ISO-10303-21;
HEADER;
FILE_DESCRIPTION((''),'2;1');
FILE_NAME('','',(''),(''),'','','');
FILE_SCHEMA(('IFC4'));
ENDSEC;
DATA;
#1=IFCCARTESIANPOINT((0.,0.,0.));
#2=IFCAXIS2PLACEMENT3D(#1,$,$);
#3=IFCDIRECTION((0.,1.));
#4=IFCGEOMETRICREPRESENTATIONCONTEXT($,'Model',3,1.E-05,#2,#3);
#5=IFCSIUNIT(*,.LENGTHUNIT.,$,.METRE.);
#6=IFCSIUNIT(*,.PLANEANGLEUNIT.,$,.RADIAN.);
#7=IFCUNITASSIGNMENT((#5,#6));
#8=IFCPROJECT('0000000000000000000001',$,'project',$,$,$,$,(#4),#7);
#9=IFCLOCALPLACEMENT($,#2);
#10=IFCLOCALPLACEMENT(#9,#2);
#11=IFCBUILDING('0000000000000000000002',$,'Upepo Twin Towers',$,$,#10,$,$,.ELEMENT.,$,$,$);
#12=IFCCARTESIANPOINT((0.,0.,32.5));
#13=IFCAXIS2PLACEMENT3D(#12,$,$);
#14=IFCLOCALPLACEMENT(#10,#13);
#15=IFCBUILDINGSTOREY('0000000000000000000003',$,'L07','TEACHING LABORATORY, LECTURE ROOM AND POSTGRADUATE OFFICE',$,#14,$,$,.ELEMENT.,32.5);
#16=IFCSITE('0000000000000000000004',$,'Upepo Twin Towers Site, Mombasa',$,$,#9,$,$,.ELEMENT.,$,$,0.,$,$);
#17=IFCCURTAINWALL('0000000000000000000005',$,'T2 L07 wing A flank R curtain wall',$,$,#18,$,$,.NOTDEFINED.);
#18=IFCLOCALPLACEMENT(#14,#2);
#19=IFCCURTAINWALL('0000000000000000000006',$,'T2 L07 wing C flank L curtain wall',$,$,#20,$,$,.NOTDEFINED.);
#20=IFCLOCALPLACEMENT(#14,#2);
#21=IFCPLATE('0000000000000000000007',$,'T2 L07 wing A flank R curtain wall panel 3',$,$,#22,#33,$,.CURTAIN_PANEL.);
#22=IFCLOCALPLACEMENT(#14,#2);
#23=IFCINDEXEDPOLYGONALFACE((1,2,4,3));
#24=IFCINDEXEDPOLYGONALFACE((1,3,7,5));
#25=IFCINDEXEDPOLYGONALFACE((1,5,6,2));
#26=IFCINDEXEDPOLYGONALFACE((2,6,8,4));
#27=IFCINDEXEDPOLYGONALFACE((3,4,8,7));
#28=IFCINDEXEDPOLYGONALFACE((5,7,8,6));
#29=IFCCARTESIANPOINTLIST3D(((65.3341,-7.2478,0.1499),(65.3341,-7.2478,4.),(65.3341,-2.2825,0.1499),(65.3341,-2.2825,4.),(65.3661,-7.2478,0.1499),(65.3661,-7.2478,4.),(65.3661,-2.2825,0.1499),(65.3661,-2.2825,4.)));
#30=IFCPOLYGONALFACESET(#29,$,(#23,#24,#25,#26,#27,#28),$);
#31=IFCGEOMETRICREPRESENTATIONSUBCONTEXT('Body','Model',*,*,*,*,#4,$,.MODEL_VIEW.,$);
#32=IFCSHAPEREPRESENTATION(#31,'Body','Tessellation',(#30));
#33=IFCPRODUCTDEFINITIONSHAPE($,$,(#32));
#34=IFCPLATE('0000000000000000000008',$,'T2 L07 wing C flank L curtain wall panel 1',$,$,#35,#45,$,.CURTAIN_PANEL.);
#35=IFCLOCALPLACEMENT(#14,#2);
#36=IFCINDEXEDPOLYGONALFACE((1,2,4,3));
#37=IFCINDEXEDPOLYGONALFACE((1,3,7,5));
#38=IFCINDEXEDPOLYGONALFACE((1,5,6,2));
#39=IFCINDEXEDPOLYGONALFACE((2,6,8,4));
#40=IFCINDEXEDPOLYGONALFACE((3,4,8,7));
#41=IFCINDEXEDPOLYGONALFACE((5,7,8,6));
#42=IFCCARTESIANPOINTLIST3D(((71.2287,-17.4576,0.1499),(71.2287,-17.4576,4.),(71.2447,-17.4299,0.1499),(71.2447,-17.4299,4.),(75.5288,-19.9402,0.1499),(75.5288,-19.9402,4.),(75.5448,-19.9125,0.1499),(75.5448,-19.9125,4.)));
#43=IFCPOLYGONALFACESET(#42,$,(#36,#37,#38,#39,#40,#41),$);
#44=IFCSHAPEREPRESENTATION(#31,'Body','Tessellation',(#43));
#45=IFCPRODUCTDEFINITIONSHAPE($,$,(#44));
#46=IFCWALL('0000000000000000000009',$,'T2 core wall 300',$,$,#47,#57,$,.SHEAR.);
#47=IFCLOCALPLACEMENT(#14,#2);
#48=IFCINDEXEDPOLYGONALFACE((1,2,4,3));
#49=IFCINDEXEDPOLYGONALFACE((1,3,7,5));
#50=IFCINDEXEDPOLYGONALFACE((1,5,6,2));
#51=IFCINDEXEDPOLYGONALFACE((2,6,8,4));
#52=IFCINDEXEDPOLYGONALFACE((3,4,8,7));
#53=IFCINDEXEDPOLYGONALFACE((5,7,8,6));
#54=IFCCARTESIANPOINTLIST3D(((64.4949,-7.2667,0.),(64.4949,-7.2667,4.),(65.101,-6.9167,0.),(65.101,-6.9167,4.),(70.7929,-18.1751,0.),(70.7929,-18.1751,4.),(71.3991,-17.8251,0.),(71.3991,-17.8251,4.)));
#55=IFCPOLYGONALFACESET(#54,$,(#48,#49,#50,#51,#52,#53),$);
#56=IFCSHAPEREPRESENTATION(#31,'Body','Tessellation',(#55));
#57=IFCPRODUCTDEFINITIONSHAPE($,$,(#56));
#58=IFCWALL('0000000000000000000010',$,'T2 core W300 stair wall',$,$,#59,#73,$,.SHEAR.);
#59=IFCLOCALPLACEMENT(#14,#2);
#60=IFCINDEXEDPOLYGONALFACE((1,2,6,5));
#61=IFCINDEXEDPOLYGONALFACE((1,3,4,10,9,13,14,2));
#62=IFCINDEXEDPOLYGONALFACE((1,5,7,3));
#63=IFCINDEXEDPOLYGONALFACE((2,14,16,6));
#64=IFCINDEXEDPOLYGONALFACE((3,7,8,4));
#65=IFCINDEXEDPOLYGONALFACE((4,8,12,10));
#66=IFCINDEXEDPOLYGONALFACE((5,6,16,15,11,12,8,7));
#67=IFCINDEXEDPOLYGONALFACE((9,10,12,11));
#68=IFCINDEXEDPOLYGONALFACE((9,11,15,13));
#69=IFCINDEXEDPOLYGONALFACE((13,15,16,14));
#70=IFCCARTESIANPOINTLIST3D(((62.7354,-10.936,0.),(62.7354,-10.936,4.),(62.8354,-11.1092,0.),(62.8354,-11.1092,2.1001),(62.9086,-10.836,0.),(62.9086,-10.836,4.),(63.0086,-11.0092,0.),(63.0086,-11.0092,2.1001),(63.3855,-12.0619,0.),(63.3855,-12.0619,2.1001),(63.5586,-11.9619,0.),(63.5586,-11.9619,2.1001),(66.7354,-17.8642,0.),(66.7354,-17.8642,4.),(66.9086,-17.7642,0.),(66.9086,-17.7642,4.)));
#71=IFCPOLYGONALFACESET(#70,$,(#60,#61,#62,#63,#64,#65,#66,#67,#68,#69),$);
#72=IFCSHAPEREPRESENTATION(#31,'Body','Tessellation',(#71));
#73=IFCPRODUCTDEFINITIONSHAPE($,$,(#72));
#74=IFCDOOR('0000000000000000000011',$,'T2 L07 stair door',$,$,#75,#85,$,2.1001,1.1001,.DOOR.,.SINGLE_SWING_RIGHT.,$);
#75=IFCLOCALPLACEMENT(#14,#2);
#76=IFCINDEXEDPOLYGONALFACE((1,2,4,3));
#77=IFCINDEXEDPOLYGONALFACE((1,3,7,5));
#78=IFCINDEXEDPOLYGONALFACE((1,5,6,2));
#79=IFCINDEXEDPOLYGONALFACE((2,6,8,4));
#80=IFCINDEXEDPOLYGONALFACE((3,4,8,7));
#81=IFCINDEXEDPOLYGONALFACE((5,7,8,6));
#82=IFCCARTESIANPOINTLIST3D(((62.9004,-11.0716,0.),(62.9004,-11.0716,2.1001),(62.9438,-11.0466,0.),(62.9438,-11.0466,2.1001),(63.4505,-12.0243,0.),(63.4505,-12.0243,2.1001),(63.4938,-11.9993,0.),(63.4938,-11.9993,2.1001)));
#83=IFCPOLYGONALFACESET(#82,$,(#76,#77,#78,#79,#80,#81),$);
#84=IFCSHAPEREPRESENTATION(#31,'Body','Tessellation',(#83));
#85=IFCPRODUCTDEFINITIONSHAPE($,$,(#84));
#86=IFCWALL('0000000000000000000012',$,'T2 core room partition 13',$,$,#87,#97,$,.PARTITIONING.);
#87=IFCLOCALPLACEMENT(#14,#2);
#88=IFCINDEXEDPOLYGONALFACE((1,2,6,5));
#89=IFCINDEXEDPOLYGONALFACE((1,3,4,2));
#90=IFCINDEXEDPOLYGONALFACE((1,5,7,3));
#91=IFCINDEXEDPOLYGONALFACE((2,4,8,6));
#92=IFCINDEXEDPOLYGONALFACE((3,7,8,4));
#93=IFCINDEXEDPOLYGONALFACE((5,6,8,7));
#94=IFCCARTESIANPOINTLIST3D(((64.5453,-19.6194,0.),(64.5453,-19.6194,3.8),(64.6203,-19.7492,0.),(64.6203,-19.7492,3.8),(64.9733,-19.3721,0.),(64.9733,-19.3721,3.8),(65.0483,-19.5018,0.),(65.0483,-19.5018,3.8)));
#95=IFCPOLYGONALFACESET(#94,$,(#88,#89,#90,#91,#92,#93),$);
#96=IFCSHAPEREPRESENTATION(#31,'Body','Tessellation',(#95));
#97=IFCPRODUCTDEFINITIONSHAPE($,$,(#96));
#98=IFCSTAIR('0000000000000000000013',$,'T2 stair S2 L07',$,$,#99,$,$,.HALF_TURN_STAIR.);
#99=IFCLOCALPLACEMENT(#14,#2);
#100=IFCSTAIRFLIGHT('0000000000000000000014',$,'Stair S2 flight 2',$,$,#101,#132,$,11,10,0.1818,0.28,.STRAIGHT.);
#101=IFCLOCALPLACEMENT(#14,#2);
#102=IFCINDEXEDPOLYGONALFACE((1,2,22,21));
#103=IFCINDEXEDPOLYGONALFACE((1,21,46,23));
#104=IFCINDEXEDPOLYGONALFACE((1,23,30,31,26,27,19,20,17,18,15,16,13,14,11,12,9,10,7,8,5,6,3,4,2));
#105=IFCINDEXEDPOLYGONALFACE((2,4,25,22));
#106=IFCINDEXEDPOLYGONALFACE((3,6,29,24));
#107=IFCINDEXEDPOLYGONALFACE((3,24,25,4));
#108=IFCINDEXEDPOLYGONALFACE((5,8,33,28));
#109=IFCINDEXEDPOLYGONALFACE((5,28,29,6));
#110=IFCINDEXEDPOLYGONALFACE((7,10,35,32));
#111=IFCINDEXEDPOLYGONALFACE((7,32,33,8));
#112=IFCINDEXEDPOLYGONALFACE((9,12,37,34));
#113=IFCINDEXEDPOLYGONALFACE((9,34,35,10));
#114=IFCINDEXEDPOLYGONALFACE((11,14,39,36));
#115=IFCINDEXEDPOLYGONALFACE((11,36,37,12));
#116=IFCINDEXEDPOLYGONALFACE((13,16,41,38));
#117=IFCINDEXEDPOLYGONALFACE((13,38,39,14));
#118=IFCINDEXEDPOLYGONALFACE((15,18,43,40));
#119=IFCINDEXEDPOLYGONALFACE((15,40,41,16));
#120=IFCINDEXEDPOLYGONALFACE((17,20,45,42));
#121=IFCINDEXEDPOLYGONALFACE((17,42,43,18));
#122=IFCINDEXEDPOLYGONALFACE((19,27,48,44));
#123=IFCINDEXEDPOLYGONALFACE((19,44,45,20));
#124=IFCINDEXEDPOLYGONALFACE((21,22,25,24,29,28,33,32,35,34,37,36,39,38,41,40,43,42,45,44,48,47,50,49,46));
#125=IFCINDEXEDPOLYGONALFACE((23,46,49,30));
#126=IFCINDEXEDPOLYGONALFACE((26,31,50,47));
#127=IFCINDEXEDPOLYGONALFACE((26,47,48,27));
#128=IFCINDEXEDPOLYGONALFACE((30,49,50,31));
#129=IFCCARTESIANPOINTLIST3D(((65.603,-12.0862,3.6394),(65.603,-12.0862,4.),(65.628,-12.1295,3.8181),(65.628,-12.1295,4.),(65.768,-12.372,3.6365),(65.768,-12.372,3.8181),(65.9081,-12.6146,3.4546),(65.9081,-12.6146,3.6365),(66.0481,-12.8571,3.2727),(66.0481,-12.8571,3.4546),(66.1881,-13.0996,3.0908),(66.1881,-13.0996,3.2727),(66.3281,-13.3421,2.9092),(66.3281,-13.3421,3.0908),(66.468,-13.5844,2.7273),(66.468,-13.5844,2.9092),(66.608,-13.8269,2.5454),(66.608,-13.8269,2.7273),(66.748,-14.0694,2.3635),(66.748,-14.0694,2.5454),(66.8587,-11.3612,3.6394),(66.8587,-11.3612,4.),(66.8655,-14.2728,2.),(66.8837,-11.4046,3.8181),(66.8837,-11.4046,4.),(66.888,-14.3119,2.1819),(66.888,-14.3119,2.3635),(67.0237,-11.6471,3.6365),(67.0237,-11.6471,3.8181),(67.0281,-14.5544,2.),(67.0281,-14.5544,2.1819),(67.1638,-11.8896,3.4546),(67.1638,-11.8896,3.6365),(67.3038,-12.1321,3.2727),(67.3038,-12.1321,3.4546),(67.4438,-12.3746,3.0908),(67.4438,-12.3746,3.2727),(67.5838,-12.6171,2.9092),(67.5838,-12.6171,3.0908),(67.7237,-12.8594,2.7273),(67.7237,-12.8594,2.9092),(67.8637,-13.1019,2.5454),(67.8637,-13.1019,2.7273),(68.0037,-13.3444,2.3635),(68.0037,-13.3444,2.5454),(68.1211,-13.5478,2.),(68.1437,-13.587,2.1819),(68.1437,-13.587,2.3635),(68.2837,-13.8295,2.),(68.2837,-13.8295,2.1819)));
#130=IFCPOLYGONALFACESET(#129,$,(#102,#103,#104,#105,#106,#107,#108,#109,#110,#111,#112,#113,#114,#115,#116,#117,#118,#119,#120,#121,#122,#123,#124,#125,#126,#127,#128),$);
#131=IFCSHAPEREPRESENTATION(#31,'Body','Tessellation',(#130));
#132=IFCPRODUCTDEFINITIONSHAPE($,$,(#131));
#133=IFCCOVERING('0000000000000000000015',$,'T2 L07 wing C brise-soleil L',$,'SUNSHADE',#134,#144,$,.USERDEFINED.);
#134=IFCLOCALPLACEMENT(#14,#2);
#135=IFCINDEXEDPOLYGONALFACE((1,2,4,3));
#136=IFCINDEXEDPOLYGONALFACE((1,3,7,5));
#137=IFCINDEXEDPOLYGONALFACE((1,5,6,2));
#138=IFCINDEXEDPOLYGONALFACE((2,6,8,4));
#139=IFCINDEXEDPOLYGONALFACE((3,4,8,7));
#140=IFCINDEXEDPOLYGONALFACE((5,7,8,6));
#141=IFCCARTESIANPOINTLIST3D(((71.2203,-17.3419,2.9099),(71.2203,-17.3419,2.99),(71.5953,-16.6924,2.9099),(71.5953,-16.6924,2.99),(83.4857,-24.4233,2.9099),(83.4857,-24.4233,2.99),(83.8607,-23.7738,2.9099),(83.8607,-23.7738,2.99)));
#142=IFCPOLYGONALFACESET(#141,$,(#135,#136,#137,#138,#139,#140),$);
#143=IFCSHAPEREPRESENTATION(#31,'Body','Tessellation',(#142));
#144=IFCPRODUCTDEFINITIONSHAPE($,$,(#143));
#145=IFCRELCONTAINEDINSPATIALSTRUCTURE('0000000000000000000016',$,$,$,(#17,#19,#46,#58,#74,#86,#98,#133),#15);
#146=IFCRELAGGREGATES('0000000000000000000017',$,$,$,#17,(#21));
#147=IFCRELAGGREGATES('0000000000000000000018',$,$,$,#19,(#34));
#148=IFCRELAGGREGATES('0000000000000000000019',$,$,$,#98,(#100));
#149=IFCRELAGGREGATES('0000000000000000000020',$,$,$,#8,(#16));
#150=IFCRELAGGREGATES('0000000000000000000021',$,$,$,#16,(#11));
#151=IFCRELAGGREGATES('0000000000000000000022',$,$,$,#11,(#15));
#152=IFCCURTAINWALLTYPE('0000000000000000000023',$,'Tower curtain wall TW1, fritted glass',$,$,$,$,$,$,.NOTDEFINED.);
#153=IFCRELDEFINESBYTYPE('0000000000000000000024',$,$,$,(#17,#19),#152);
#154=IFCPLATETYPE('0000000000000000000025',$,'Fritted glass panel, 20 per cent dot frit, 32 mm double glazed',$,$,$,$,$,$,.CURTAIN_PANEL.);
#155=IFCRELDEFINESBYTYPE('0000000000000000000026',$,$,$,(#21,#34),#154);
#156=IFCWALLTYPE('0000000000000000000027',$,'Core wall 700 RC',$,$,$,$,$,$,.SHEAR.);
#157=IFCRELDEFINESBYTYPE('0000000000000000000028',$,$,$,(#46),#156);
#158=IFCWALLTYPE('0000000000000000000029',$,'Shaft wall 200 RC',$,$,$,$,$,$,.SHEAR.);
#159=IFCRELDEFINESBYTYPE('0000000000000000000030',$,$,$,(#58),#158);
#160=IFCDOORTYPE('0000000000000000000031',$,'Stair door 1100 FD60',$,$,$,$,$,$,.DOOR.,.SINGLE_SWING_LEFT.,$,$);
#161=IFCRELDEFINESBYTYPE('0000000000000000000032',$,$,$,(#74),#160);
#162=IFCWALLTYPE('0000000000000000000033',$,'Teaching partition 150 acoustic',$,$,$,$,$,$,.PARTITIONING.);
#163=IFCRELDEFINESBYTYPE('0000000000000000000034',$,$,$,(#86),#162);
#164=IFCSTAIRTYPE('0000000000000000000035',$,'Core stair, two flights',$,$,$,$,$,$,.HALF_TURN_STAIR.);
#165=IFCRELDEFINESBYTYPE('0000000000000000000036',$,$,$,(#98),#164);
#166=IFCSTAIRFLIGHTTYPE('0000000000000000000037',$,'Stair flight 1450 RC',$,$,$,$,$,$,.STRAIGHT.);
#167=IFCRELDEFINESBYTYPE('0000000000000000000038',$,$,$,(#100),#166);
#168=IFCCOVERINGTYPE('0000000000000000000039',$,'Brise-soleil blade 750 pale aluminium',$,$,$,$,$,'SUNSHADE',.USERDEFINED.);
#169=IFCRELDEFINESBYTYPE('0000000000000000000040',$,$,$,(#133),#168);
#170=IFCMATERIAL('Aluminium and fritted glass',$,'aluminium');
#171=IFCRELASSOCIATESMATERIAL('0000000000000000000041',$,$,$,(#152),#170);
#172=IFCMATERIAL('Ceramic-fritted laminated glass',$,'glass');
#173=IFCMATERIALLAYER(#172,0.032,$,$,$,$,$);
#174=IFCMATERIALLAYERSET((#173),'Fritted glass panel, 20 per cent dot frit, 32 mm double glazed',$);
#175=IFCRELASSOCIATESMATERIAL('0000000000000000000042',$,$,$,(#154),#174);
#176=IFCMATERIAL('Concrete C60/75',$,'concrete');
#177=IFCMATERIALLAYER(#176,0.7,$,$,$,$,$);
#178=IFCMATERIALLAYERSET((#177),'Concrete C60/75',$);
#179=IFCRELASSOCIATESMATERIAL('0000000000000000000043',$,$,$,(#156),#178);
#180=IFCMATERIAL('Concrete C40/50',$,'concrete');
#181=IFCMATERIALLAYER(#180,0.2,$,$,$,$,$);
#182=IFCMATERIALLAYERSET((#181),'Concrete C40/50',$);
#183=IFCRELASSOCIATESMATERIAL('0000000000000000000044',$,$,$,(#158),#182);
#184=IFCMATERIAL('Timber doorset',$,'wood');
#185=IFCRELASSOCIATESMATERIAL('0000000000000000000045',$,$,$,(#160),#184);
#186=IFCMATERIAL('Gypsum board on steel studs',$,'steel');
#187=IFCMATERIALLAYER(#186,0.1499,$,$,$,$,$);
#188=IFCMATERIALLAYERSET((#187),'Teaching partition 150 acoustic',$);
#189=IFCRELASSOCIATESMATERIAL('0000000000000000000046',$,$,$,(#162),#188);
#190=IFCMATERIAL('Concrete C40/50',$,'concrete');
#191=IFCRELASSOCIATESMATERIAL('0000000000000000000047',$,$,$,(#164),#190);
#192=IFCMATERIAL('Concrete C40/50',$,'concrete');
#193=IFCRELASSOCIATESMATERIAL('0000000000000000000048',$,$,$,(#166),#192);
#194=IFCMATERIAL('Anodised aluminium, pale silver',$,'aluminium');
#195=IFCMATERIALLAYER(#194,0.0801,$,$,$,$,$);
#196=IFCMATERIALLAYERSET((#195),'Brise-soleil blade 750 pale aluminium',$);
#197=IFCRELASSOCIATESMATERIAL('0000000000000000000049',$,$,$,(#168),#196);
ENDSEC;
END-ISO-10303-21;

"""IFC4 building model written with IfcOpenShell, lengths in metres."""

from ifc_helpers import new_model, si_unit, direction, frame, frame_2d, origin, origin_2d, place, context, subcontext, project, spatial, polyline, rectangle, outline, extrude, material, layer, layer_set, type_object, element, fill, aggregate, save


model = new_model("IFC4")

# Units and contexts
model_context = context("Model", 3, precision=1e-05, world=origin(), true_north=direction((0.0, 1.0)))
body_context = subcontext(model_context, "Body", "Model", "MODEL_VIEW")
ifc_project = project(units=[si_unit("LENGTHUNIT", "METRE"), si_unit("PLANEANGLEUNIT", "RADIAN")], contexts=[model_context])

# Site, building, storey
site_placement = place(None, origin())
site = spatial("IfcSite", under=ifc_project, at=site_placement, Name="Upepo Twin Towers Site, Mombasa", CompositionType="ELEMENT", RefElevation=0.0)
building_placement = place(site_placement, origin())
building = spatial("IfcBuilding", under=site, at=building_placement, Name="Upepo Twin Towers", CompositionType="ELEMENT")
storey_placement = place(building_placement, frame((0.0, 0.0, 32.5)))
storey = spatial("IfcBuildingStorey", under=building, at=storey_placement, Name="L07", Description="TEACHING LABORATORY, LECTURE ROOM AND POSTGRADUATE OFFICE", CompositionType="ELEMENT", Elevation=32.5)

# Curtain wall
ifc_material_1 = material(Name="Aluminium and fritted glass", Category="aluminium")
curtain_wall_type = type_object("IfcCurtainWallType", Name="Tower curtain wall TW1, fritted glass", PredefinedType="NOTDEFINED", material=ifc_material_1)
curtain_wall_1_placement = place(storey_placement, origin())
curtain_wall_1 = element("IfcCurtainWall", 1, at=curtain_wall_1_placement, inside=storey, type_object=curtain_wall_type, Name="T2 L07 wing A flank R curtain wall", PredefinedType="NOTDEFINED")

# Curtain wall
curtain_wall_2_placement = place(storey_placement, origin())
curtain_wall_2 = element("IfcCurtainWall", 2, at=curtain_wall_2_placement, inside=storey, type_object=curtain_wall_type, Name="T2 L07 wing C flank L curtain wall", PredefinedType="NOTDEFINED")

# Plates
ifc_material_2 = material(Name="Ceramic-fritted laminated glass", Category="glass")
ifc_layer_1 = layer(ifc_material_2, 0.032)
ifc_layer_set_1 = layer_set([ifc_layer_1], Name="Fritted glass panel, 20 per cent dot frit, 32 mm double glazed")
plate_type = type_object("IfcPlateType", Name="Fritted glass panel, 20 per cent dot frit, 32 mm double glazed", PredefinedType="CURTAIN_PANEL", material=ifc_layer_set_1)
plate_1_placement = place(storey_placement, frame((65.3501, -4.7651, 0.1499), z_axis=(0.0, 0.0, 1.0), x_axis=(0.0, -1.0, 0.0)))
plate_1 = element("IfcPlate", 3, at=plate_1_placement, type_object=plate_type, Name="T2 L07 wing A flank R curtain wall panel 3", PredefinedType="CURTAIN_PANEL", context=body_context, shape_type="SweptSolid", body=[
    extrude(rectangle(XDim=4.9653, YDim=0.032, at=origin_2d()), origin(), (0.0, 0.0, 1.0), 3.8501),
])
aggregate(curtain_wall_1, [plate_1])
plate_2_placement = place(storey_placement, frame((73.3867, -18.6851, 0.1499), z_axis=(0.0, 0.0, 1.0), x_axis=(0.866025, -0.5, 0.0)))
plate_2 = element("IfcPlate", 4, at=plate_2_placement, type_object=plate_type, Name="T2 L07 wing C flank L curtain wall panel 1", PredefinedType="CURTAIN_PANEL", context=body_context, shape_type="SweptSolid", body=[
    extrude(rectangle(XDim=4.9653, YDim=0.032, at=origin_2d()), origin(), (0.0, 0.0, 1.0), 3.8501),
])
aggregate(curtain_wall_2, [plate_2])

# Wall
ifc_material_3 = material(Name="Concrete C60/75", Category="concrete")
ifc_layer_2 = layer(ifc_material_3, 0.7)
ifc_layer_set_2 = layer_set([ifc_layer_2], Name="Concrete C60/75")
wall_type_1 = type_object("IfcWallType", Name="Core wall 700 RC", PredefinedType="SHEAR", material=ifc_layer_set_2)
wall_1_placement = place(storey_placement, frame((71.0959, -18.0, 0.0), z_axis=(0.0, 0.0, 1.0), x_axis=(-0.500006, 0.866022, 0.0)))
element("IfcWall", 5, at=wall_1_placement, inside=storey, type_object=wall_type_1, Name="T2 core wall 300", PredefinedType="SHEAR", context=body_context, shape_type="SweptSolid", body=[
    extrude(rectangle(XDim=12.5959, YDim=0.7, at=frame_2d((6.2979, 0.0))), origin(), (0.0, 0.0, 1.0), 4.0),
])

# Wall, opening, door
ifc_material_4 = material(Name="Concrete C40/50", Category="concrete")
ifc_layer_3 = layer(ifc_material_4, 0.2)
ifc_layer_set_3 = layer_set([ifc_layer_3], Name="Concrete C40/50")
wall_type_2 = type_object("IfcWallType", Name="Shaft wall 200 RC", PredefinedType="SHEAR", material=ifc_layer_set_3)
wall_2_placement = place(storey_placement, frame((66.822, -17.8142, 0.0), z_axis=(0.0, 0.0, 1.0), x_axis=(-0.499999, 0.866026, 0.0)))
wall_2 = element("IfcWall", 6, at=wall_2_placement, inside=storey, type_object=wall_type_2, Name="T2 core W300 stair wall", PredefinedType="SHEAR", context=body_context, shape_type="SweptSolid", body=[
    extrude(rectangle(XDim=8.0, YDim=0.2, at=frame_2d((4.0, 0.0))), origin(), (0.0, 0.0, 1.0), 4.0),
])
opening_placement = place(wall_2_placement, frame((6.7, 0.0, 0.0)))
opening = element("IfcOpeningElement", 7, at=opening_placement, cuts=wall_2, PredefinedType="OPENING", context=body_context, shape_type="SweptSolid", body=[
    extrude(rectangle(XDim=1.1001, YDim=2.1001, at=frame_2d((0.55, 1.05))), frame((0.0, 0.1099, 0.0), z_axis=(0.0, -1.0, 0.0), x_axis=(1.0, 0.0, 0.0)), (0.0, 0.0, 1.0), 0.22),
])
ifc_material_5 = material(Name="Timber doorset", Category="wood")
door_type = type_object("IfcDoorType", Name="Stair door 1100 FD60", OperationType="SINGLE_SWING_LEFT", PredefinedType="DOOR", material=ifc_material_5)
door_placement = place(opening_placement, origin())
door = element("IfcDoor", 8, at=door_placement, inside=storey, type_object=door_type, Name="T2 L07 stair door", OperationType="SINGLE_SWING_RIGHT", OverallHeight=2.1001, OverallWidth=1.1001, PredefinedType="DOOR", context=body_context, shape_type="SweptSolid", body=[
    extrude(rectangle(XDim=1.1001, YDim=2.1001, at=frame_2d((0.55, 1.05))), frame((0.0, 0.0249, 0.0), z_axis=(0.0, -1.0, 0.0), x_axis=(1.0, 0.0, 0.0)), (0.0, 0.0, 1.0), 0.05),
])
fill(opening, door)

# Wall
ifc_material_6 = material(Name="Gypsum board on steel studs", Category="steel")
ifc_layer_4 = layer(ifc_material_6, 0.1499)
ifc_layer_set_4 = layer_set([ifc_layer_4], Name="Teaching partition 150 acoustic")
wall_type_3 = type_object("IfcWallType", Name="Teaching partition 150 acoustic", PredefinedType="PARTITIONING", material=ifc_layer_set_4)
wall_3_placement = place(storey_placement, frame((65.0107, -19.437, 0.0), z_axis=(0.0, 0.0, 1.0), x_axis=(-0.865832, -0.500335, 0.0)))
element("IfcWall", 9, at=wall_3_placement, inside=storey, type_object=wall_type_3, Name="T2 core room partition 13", PredefinedType="PARTITIONING", context=body_context, shape_type="SweptSolid", body=[
    extrude(rectangle(XDim=0.4944, YDim=0.1499, at=frame_2d((0.2471, 0.0))), origin(), (0.0, 0.0, 1.0), 3.8),
])

# Stair, stair flight
ifc_material_7 = material(Name="Concrete C40/50", Category="concrete")
stair_type = type_object("IfcStairType", Name="Core stair, two flights", PredefinedType="HALF_TURN_STAIR", material=ifc_material_7)
stair_placement = place(storey_placement, origin())
stair = element("IfcStair", 10, at=stair_placement, inside=storey, type_object=stair_type, Name="T2 stair S2 L07", PredefinedType="HALF_TURN_STAIR")
ifc_material_8 = material(Name="Concrete C40/50", Category="concrete")
stair_flight_type = type_object("IfcStairFlightType", Name="Stair flight 1450 RC", PredefinedType="STRAIGHT", material=ifc_material_8)
stair_flight_placement = place(storey_placement, frame((67.656, -14.1919, 2.0), z_axis=(0.0, 0.0, 1.0), x_axis=(-0.5, 0.866025, 0.0)))
stair_flight = element("IfcStairFlight", 11, at=stair_flight_placement, type_object=stair_flight_type, Name="Stair S2 flight 2", NumberOfRisers=11, NumberOfTreads=10, PredefinedType="STRAIGHT", RiserHeight=0.1818, TreadLength=0.28, context=body_context, shape_type="SweptSolid", body=[
    extrude(outline(polyline([(0.0, 0.0), (0.0, 0.1819), (0.28, 0.1819), (0.28, 0.3635), (0.5601, 0.3635), (0.5601, 0.5454), (0.8401, 0.5454), (0.8401, 0.7273), (1.1201, 0.7273), (1.1201, 0.9092), (1.3999, 0.9092), (1.3999, 1.0908), (1.6799, 1.0908), (1.6799, 1.2727), (1.96, 1.2727), (1.96, 1.4546), (2.24, 1.4546), (2.24, 1.6365), (2.52, 1.6365), (2.52, 1.8181), (2.8, 1.8181), (2.8, 2.0), (2.8501, 2.0), (2.8501, 1.6394), (0.3252, 0.0), (0.0, 0.0)])), frame((0.0, 0.7251, 0.0), z_axis=(0.0, -1.0, 0.0), x_axis=(1.0, 0.0, 0.0)), (0.0, 0.0, 1.0), 1.45),
])
aggregate(stair, [stair_flight])

# Covering
ifc_material_9 = material(Name="Anodised aluminium, pale silver", Category="aluminium")
ifc_layer_5 = layer(ifc_material_9, 0.0801)
ifc_layer_set_5 = layer_set([ifc_layer_5], Name="Brise-soleil blade 750 pale aluminium")
covering_type = type_object("IfcCoveringType", Name="Brise-soleil blade 750 pale aluminium", ElementType="SUNSHADE", PredefinedType="USERDEFINED", material=ifc_layer_set_5)
covering_placement = place(storey_placement, frame((77.5405, -20.5579, 2.9099), z_axis=(0.0, 0.0, 1.0), x_axis=(0.866025, -0.5, 0.0)))
element("IfcCovering", 12, at=covering_placement, inside=storey, type_object=covering_type, Name="T2 L07 wing C brise-soleil L", ObjectType="SUNSHADE", PredefinedType="USERDEFINED", context=body_context, shape_type="SweptSolid", body=[
    extrude(rectangle(XDim=14.1628, YDim=0.75, at=origin_2d()), origin(), (0.0, 0.0, 1.0), 0.0801),
])

save(model, "model.ifc")
